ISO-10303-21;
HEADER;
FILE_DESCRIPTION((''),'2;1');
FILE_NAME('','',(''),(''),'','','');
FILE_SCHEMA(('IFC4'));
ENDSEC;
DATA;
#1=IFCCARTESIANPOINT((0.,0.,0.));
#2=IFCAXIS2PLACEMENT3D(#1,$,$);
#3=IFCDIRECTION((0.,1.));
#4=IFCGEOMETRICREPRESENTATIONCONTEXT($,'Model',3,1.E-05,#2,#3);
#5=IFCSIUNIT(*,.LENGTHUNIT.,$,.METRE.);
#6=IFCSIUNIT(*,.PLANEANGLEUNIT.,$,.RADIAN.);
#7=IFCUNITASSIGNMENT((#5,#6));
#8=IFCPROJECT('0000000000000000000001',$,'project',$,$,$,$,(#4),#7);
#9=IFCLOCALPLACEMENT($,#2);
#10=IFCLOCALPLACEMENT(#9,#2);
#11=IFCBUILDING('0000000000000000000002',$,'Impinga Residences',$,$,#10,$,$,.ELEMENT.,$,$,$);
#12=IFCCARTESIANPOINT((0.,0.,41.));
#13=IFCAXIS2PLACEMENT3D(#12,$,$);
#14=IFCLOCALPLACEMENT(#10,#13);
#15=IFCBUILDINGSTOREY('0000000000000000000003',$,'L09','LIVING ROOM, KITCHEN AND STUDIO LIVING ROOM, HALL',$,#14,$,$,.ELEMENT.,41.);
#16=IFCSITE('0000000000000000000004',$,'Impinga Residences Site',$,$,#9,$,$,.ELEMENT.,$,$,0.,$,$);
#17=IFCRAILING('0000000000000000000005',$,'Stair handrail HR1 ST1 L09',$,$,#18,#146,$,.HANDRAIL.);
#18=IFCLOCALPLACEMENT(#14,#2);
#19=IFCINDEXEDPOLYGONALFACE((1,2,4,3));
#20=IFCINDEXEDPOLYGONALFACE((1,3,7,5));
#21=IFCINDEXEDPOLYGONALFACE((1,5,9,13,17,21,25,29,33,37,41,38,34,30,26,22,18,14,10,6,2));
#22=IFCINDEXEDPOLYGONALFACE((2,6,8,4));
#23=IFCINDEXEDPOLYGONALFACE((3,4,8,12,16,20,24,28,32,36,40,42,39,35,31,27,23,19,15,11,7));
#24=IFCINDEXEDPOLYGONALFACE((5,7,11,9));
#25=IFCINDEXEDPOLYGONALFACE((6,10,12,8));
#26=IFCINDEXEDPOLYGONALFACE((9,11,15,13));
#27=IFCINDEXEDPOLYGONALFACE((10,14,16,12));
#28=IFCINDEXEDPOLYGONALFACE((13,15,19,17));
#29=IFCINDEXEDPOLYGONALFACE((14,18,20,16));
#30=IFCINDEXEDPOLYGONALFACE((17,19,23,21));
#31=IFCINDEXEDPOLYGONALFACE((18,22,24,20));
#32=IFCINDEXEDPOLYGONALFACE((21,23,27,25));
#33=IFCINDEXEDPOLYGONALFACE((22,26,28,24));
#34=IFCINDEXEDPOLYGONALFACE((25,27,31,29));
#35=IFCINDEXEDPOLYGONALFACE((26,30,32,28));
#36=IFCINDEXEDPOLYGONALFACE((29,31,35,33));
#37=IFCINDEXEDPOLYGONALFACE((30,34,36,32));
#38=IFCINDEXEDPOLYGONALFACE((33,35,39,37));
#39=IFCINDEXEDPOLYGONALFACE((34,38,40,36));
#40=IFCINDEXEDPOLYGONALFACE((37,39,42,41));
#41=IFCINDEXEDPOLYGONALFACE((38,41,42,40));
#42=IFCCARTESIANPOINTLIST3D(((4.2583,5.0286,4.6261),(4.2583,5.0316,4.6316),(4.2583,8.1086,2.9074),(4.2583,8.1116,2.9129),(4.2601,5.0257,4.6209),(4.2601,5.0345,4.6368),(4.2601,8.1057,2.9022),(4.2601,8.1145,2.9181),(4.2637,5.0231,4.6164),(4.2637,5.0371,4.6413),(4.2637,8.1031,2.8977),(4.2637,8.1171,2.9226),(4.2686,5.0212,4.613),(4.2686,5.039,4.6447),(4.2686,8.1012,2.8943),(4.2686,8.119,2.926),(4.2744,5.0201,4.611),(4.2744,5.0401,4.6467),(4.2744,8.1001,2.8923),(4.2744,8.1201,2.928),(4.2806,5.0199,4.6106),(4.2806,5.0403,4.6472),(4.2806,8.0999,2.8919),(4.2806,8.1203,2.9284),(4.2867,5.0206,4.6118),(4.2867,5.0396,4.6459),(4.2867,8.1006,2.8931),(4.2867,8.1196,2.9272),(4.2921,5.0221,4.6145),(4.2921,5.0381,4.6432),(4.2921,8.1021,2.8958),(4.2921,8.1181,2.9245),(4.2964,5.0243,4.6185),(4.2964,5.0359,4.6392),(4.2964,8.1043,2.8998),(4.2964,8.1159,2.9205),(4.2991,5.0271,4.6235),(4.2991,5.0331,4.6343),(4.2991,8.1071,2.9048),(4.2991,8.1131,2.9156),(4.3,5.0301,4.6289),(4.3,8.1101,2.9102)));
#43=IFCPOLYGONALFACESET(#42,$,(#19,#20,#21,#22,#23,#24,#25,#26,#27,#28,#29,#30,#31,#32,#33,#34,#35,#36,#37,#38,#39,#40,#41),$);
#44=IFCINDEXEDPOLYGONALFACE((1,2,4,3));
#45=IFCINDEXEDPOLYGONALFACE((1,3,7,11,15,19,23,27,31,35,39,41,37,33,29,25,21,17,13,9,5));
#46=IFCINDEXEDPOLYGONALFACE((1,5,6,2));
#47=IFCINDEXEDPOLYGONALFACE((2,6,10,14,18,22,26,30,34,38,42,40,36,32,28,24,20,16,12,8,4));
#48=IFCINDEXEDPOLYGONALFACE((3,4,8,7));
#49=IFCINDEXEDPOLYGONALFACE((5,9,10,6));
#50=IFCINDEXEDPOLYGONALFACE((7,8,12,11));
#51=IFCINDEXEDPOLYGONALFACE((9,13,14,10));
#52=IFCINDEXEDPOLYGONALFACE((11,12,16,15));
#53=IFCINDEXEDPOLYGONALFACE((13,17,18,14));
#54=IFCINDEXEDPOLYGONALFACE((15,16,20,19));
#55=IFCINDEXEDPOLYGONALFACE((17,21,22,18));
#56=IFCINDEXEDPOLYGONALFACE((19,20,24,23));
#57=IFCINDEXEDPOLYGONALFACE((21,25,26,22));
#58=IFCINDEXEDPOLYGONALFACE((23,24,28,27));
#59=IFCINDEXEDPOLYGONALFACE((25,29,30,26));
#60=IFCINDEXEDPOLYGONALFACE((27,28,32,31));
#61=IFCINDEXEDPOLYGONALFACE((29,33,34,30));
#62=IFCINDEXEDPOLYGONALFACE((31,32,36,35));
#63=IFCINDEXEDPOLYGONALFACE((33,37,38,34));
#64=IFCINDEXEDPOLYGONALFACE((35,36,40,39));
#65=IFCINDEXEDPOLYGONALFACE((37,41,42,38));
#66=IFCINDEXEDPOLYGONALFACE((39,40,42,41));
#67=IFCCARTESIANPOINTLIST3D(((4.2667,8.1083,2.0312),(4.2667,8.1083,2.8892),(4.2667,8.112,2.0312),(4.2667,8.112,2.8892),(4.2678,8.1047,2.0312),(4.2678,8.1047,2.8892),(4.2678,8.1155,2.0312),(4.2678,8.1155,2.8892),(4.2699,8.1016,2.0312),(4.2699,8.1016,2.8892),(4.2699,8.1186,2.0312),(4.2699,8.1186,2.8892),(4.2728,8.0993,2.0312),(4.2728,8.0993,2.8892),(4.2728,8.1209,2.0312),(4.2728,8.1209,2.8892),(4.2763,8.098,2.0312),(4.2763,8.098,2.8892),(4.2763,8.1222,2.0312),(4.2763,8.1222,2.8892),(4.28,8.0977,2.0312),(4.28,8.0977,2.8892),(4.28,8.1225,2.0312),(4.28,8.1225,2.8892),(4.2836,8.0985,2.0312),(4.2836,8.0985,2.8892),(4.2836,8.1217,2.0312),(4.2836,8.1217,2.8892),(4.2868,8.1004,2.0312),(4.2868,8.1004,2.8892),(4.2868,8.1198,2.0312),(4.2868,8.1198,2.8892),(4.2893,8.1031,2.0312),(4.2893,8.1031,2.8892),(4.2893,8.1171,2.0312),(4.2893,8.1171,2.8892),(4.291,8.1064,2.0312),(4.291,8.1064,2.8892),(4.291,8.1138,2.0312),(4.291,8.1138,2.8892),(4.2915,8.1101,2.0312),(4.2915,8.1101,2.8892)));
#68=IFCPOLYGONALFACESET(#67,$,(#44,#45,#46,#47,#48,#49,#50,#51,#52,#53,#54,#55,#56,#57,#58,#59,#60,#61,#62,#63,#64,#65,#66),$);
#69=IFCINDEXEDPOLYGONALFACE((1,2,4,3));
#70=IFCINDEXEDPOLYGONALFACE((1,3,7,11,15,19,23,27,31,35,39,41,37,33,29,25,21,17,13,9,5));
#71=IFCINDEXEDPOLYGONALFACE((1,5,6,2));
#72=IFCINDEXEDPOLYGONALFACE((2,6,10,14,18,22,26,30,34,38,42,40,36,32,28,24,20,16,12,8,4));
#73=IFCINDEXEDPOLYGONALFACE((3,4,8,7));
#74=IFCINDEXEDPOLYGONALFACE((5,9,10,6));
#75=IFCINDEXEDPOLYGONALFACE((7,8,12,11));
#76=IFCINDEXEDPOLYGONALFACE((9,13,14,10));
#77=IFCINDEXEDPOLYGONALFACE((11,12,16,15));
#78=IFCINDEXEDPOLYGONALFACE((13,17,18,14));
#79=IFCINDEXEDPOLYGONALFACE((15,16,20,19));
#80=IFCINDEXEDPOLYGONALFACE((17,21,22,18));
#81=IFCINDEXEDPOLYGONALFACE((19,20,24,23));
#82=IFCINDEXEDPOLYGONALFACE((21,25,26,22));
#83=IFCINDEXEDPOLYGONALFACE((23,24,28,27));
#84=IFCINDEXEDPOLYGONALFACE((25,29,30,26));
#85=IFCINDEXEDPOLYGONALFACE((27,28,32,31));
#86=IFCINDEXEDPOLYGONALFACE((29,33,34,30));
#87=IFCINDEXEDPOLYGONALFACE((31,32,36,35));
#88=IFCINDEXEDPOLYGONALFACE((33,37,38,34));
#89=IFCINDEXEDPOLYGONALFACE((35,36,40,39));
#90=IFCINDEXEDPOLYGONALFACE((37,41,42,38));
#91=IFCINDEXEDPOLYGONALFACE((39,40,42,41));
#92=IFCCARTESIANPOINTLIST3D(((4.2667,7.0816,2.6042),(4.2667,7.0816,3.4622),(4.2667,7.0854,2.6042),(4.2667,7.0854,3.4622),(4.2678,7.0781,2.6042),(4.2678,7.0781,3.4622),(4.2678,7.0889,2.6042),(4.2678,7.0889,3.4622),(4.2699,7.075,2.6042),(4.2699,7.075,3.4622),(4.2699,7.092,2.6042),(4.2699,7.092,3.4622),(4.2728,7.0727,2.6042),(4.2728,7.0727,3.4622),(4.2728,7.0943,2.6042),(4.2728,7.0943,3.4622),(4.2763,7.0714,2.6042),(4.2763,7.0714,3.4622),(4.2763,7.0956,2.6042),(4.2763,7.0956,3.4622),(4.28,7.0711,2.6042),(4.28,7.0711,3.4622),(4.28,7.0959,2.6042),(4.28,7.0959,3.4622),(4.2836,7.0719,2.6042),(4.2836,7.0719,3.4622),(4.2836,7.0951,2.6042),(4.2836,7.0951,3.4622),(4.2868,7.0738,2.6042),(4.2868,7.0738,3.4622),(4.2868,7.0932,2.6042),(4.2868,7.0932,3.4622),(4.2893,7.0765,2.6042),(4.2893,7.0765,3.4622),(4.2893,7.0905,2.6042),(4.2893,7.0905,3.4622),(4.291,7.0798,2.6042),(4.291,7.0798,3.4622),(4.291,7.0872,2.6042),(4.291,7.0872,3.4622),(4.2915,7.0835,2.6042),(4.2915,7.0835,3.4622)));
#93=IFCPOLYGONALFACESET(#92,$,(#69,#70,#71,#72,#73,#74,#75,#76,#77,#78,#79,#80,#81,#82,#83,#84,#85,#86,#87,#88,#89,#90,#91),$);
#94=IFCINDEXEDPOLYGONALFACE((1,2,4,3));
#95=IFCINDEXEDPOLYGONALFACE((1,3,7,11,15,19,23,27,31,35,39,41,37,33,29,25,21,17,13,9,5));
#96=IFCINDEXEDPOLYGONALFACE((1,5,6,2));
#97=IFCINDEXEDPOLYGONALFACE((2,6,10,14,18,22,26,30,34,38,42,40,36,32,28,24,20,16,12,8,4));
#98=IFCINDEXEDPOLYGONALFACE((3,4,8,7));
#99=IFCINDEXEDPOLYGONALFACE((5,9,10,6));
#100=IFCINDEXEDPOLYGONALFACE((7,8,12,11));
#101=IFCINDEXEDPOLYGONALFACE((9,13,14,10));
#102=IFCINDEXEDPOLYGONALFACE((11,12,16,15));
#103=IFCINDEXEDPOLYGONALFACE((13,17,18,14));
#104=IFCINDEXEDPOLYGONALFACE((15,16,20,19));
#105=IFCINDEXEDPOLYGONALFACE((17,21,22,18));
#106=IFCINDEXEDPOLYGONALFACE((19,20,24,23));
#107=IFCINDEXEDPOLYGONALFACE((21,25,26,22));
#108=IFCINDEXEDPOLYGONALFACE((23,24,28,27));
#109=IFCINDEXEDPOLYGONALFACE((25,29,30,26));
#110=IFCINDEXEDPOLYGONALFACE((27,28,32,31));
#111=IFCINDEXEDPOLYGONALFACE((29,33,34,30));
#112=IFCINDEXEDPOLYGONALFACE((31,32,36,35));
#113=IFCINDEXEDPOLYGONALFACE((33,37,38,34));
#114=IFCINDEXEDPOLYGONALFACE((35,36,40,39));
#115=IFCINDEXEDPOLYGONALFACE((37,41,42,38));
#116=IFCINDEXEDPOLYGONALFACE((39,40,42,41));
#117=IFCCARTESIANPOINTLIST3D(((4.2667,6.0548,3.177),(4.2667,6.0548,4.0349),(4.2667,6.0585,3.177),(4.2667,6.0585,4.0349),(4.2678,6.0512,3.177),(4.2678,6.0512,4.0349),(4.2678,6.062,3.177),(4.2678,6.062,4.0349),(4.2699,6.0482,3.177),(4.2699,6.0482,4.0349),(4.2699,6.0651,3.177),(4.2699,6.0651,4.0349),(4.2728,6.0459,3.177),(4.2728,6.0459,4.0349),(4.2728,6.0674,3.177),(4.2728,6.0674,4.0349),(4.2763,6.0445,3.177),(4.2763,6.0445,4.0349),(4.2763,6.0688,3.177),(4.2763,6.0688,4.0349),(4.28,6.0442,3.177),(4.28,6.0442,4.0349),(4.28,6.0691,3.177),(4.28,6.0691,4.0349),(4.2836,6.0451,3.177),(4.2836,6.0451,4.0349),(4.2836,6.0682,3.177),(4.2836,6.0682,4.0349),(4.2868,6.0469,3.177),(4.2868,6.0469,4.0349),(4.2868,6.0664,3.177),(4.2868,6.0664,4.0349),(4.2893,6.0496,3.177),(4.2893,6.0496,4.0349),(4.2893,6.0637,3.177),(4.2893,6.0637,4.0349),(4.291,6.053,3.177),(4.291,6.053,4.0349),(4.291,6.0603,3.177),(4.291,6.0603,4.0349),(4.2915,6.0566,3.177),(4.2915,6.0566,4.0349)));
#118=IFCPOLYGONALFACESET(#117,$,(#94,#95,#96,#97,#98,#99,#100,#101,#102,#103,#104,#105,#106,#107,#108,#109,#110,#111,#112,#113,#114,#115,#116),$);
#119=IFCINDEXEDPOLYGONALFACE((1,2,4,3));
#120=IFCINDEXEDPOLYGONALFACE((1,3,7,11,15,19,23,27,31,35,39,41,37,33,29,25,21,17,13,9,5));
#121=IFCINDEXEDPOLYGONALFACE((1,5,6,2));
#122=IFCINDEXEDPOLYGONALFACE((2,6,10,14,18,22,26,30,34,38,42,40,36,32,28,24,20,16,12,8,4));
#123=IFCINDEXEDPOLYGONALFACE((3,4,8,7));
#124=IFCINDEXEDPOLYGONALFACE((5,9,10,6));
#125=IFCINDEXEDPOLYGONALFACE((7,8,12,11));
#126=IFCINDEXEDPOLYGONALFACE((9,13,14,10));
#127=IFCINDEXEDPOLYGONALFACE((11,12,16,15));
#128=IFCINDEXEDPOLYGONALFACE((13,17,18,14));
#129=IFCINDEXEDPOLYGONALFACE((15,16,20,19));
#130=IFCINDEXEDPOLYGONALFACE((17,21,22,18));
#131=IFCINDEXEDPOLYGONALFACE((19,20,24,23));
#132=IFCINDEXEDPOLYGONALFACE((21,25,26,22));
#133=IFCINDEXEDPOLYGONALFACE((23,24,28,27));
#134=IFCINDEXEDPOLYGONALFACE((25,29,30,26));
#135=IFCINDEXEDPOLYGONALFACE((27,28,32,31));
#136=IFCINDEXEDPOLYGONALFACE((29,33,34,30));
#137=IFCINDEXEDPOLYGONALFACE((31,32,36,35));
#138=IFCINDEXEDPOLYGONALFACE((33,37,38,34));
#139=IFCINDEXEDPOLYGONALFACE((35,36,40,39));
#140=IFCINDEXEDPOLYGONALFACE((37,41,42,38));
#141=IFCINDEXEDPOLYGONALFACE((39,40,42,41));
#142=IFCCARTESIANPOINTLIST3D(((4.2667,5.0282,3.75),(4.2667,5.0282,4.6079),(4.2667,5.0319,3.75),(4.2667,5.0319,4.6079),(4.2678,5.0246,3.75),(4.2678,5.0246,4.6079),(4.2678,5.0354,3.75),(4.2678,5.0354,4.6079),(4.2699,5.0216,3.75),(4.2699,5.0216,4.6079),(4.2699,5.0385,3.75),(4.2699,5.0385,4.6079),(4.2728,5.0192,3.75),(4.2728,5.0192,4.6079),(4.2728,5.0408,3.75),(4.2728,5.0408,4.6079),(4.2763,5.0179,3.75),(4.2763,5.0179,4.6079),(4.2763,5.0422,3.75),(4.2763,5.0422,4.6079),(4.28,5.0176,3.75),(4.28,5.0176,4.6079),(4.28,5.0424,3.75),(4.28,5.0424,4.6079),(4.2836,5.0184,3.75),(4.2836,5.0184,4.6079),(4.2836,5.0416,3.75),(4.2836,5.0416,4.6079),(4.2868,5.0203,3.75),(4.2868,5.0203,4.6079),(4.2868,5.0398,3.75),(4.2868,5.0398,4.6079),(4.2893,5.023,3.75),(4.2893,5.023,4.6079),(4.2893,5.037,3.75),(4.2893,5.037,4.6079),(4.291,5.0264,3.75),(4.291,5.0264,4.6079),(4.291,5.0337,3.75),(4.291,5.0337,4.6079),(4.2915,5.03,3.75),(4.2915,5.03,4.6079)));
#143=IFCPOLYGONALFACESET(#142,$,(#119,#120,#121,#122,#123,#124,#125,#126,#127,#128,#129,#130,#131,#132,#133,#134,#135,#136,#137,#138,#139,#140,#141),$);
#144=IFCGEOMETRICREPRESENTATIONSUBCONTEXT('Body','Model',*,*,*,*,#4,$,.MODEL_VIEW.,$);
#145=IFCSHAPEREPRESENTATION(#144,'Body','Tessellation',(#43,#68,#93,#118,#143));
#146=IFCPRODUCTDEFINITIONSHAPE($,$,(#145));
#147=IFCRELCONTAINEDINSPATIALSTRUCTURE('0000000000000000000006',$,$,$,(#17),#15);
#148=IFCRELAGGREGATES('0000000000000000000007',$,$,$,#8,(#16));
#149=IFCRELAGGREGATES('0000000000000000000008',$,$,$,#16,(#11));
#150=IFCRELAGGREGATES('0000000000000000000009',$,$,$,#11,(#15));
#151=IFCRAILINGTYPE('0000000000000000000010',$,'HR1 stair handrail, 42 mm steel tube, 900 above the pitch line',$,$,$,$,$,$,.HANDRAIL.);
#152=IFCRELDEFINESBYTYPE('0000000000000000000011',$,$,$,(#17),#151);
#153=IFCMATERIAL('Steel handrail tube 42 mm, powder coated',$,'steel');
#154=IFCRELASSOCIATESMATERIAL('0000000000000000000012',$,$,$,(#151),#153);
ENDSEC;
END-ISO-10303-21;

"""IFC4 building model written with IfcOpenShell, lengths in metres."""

from ifc_helpers import new_model, si_unit, direction, frame, origin, origin_2d, place, context, subcontext, project, spatial, circle, extrude, material, type_object, element, save


model = new_model("IFC4")

# Units and contexts
model_context = context("Model", 3, precision=1e-05, world=origin(), true_north=direction((0.0, 1.0)))
body_context = subcontext(model_context, "Body", "Model", "MODEL_VIEW")
ifc_project = project(units=[si_unit("LENGTHUNIT", "METRE"), si_unit("PLANEANGLEUNIT", "RADIAN")], contexts=[model_context])

# Site, building, storey
site_placement = place(None, origin())
site = spatial("IfcSite", under=ifc_project, at=site_placement, Name="Impinga Residences Site", CompositionType="ELEMENT", RefElevation=0.0)
building_placement = place(site_placement, origin())
building = spatial("IfcBuilding", under=site, at=building_placement, Name="Impinga Residences", CompositionType="ELEMENT")
storey_placement = place(building_placement, frame((0.0, 0.0, 41.0)))
storey = spatial("IfcBuildingStorey", under=building, at=storey_placement, Name="L09", Description="LIVING ROOM, KITCHEN AND STUDIO LIVING ROOM, HALL", CompositionType="ELEMENT", Elevation=41.0)

# Railing
ifc_material_1 = material(Name="Steel handrail tube 42 mm, powder coated", Category="steel")
railing_type_1 = type_object("IfcRailingType", Name="HR1 stair handrail, 42 mm steel tube, 900 above the pitch line", PredefinedType="HANDRAIL", material=ifc_material_1)
railing_1_placement = place(storey_placement, frame((4.2791, 8.1101, 2.0312)))
element("IfcRailing", 1, at=railing_1_placement, inside=storey, type_object=railing_type_1, Name="Stair handrail HR1 ST1 L09", PredefinedType="HANDRAIL", context=body_context, shape_type="SweptSolid", body=[
    extrude(circle(Radius=0.021, at=origin_2d()), frame((0.0, 0.0, 0.8789), z_axis=(0.0, -0.873242, 0.487288), x_axis=(1.0, 0.0, 0.0)), (0.0, 0.0, 1.0), 3.5271),
    extrude(circle(Radius=0.0125, at=origin_2d()), origin(), (0.0, 0.0, 1.0), 0.8579),
    extrude(circle(Radius=0.0125, at=origin_2d()), frame((0.0, -1.0266, 0.573)), (0.0, 0.0, 1.0), 0.8579),
    extrude(circle(Radius=0.0125, at=origin_2d()), frame((0.0, -2.0535, 1.1458)), (0.0, 0.0, 1.0), 0.8579),
    extrude(circle(Radius=0.0125, at=origin_2d()), frame((0.0, -3.0801, 1.7188)), (0.0, 0.0, 1.0), 0.8579),
])

save(model, "model.ifc")
